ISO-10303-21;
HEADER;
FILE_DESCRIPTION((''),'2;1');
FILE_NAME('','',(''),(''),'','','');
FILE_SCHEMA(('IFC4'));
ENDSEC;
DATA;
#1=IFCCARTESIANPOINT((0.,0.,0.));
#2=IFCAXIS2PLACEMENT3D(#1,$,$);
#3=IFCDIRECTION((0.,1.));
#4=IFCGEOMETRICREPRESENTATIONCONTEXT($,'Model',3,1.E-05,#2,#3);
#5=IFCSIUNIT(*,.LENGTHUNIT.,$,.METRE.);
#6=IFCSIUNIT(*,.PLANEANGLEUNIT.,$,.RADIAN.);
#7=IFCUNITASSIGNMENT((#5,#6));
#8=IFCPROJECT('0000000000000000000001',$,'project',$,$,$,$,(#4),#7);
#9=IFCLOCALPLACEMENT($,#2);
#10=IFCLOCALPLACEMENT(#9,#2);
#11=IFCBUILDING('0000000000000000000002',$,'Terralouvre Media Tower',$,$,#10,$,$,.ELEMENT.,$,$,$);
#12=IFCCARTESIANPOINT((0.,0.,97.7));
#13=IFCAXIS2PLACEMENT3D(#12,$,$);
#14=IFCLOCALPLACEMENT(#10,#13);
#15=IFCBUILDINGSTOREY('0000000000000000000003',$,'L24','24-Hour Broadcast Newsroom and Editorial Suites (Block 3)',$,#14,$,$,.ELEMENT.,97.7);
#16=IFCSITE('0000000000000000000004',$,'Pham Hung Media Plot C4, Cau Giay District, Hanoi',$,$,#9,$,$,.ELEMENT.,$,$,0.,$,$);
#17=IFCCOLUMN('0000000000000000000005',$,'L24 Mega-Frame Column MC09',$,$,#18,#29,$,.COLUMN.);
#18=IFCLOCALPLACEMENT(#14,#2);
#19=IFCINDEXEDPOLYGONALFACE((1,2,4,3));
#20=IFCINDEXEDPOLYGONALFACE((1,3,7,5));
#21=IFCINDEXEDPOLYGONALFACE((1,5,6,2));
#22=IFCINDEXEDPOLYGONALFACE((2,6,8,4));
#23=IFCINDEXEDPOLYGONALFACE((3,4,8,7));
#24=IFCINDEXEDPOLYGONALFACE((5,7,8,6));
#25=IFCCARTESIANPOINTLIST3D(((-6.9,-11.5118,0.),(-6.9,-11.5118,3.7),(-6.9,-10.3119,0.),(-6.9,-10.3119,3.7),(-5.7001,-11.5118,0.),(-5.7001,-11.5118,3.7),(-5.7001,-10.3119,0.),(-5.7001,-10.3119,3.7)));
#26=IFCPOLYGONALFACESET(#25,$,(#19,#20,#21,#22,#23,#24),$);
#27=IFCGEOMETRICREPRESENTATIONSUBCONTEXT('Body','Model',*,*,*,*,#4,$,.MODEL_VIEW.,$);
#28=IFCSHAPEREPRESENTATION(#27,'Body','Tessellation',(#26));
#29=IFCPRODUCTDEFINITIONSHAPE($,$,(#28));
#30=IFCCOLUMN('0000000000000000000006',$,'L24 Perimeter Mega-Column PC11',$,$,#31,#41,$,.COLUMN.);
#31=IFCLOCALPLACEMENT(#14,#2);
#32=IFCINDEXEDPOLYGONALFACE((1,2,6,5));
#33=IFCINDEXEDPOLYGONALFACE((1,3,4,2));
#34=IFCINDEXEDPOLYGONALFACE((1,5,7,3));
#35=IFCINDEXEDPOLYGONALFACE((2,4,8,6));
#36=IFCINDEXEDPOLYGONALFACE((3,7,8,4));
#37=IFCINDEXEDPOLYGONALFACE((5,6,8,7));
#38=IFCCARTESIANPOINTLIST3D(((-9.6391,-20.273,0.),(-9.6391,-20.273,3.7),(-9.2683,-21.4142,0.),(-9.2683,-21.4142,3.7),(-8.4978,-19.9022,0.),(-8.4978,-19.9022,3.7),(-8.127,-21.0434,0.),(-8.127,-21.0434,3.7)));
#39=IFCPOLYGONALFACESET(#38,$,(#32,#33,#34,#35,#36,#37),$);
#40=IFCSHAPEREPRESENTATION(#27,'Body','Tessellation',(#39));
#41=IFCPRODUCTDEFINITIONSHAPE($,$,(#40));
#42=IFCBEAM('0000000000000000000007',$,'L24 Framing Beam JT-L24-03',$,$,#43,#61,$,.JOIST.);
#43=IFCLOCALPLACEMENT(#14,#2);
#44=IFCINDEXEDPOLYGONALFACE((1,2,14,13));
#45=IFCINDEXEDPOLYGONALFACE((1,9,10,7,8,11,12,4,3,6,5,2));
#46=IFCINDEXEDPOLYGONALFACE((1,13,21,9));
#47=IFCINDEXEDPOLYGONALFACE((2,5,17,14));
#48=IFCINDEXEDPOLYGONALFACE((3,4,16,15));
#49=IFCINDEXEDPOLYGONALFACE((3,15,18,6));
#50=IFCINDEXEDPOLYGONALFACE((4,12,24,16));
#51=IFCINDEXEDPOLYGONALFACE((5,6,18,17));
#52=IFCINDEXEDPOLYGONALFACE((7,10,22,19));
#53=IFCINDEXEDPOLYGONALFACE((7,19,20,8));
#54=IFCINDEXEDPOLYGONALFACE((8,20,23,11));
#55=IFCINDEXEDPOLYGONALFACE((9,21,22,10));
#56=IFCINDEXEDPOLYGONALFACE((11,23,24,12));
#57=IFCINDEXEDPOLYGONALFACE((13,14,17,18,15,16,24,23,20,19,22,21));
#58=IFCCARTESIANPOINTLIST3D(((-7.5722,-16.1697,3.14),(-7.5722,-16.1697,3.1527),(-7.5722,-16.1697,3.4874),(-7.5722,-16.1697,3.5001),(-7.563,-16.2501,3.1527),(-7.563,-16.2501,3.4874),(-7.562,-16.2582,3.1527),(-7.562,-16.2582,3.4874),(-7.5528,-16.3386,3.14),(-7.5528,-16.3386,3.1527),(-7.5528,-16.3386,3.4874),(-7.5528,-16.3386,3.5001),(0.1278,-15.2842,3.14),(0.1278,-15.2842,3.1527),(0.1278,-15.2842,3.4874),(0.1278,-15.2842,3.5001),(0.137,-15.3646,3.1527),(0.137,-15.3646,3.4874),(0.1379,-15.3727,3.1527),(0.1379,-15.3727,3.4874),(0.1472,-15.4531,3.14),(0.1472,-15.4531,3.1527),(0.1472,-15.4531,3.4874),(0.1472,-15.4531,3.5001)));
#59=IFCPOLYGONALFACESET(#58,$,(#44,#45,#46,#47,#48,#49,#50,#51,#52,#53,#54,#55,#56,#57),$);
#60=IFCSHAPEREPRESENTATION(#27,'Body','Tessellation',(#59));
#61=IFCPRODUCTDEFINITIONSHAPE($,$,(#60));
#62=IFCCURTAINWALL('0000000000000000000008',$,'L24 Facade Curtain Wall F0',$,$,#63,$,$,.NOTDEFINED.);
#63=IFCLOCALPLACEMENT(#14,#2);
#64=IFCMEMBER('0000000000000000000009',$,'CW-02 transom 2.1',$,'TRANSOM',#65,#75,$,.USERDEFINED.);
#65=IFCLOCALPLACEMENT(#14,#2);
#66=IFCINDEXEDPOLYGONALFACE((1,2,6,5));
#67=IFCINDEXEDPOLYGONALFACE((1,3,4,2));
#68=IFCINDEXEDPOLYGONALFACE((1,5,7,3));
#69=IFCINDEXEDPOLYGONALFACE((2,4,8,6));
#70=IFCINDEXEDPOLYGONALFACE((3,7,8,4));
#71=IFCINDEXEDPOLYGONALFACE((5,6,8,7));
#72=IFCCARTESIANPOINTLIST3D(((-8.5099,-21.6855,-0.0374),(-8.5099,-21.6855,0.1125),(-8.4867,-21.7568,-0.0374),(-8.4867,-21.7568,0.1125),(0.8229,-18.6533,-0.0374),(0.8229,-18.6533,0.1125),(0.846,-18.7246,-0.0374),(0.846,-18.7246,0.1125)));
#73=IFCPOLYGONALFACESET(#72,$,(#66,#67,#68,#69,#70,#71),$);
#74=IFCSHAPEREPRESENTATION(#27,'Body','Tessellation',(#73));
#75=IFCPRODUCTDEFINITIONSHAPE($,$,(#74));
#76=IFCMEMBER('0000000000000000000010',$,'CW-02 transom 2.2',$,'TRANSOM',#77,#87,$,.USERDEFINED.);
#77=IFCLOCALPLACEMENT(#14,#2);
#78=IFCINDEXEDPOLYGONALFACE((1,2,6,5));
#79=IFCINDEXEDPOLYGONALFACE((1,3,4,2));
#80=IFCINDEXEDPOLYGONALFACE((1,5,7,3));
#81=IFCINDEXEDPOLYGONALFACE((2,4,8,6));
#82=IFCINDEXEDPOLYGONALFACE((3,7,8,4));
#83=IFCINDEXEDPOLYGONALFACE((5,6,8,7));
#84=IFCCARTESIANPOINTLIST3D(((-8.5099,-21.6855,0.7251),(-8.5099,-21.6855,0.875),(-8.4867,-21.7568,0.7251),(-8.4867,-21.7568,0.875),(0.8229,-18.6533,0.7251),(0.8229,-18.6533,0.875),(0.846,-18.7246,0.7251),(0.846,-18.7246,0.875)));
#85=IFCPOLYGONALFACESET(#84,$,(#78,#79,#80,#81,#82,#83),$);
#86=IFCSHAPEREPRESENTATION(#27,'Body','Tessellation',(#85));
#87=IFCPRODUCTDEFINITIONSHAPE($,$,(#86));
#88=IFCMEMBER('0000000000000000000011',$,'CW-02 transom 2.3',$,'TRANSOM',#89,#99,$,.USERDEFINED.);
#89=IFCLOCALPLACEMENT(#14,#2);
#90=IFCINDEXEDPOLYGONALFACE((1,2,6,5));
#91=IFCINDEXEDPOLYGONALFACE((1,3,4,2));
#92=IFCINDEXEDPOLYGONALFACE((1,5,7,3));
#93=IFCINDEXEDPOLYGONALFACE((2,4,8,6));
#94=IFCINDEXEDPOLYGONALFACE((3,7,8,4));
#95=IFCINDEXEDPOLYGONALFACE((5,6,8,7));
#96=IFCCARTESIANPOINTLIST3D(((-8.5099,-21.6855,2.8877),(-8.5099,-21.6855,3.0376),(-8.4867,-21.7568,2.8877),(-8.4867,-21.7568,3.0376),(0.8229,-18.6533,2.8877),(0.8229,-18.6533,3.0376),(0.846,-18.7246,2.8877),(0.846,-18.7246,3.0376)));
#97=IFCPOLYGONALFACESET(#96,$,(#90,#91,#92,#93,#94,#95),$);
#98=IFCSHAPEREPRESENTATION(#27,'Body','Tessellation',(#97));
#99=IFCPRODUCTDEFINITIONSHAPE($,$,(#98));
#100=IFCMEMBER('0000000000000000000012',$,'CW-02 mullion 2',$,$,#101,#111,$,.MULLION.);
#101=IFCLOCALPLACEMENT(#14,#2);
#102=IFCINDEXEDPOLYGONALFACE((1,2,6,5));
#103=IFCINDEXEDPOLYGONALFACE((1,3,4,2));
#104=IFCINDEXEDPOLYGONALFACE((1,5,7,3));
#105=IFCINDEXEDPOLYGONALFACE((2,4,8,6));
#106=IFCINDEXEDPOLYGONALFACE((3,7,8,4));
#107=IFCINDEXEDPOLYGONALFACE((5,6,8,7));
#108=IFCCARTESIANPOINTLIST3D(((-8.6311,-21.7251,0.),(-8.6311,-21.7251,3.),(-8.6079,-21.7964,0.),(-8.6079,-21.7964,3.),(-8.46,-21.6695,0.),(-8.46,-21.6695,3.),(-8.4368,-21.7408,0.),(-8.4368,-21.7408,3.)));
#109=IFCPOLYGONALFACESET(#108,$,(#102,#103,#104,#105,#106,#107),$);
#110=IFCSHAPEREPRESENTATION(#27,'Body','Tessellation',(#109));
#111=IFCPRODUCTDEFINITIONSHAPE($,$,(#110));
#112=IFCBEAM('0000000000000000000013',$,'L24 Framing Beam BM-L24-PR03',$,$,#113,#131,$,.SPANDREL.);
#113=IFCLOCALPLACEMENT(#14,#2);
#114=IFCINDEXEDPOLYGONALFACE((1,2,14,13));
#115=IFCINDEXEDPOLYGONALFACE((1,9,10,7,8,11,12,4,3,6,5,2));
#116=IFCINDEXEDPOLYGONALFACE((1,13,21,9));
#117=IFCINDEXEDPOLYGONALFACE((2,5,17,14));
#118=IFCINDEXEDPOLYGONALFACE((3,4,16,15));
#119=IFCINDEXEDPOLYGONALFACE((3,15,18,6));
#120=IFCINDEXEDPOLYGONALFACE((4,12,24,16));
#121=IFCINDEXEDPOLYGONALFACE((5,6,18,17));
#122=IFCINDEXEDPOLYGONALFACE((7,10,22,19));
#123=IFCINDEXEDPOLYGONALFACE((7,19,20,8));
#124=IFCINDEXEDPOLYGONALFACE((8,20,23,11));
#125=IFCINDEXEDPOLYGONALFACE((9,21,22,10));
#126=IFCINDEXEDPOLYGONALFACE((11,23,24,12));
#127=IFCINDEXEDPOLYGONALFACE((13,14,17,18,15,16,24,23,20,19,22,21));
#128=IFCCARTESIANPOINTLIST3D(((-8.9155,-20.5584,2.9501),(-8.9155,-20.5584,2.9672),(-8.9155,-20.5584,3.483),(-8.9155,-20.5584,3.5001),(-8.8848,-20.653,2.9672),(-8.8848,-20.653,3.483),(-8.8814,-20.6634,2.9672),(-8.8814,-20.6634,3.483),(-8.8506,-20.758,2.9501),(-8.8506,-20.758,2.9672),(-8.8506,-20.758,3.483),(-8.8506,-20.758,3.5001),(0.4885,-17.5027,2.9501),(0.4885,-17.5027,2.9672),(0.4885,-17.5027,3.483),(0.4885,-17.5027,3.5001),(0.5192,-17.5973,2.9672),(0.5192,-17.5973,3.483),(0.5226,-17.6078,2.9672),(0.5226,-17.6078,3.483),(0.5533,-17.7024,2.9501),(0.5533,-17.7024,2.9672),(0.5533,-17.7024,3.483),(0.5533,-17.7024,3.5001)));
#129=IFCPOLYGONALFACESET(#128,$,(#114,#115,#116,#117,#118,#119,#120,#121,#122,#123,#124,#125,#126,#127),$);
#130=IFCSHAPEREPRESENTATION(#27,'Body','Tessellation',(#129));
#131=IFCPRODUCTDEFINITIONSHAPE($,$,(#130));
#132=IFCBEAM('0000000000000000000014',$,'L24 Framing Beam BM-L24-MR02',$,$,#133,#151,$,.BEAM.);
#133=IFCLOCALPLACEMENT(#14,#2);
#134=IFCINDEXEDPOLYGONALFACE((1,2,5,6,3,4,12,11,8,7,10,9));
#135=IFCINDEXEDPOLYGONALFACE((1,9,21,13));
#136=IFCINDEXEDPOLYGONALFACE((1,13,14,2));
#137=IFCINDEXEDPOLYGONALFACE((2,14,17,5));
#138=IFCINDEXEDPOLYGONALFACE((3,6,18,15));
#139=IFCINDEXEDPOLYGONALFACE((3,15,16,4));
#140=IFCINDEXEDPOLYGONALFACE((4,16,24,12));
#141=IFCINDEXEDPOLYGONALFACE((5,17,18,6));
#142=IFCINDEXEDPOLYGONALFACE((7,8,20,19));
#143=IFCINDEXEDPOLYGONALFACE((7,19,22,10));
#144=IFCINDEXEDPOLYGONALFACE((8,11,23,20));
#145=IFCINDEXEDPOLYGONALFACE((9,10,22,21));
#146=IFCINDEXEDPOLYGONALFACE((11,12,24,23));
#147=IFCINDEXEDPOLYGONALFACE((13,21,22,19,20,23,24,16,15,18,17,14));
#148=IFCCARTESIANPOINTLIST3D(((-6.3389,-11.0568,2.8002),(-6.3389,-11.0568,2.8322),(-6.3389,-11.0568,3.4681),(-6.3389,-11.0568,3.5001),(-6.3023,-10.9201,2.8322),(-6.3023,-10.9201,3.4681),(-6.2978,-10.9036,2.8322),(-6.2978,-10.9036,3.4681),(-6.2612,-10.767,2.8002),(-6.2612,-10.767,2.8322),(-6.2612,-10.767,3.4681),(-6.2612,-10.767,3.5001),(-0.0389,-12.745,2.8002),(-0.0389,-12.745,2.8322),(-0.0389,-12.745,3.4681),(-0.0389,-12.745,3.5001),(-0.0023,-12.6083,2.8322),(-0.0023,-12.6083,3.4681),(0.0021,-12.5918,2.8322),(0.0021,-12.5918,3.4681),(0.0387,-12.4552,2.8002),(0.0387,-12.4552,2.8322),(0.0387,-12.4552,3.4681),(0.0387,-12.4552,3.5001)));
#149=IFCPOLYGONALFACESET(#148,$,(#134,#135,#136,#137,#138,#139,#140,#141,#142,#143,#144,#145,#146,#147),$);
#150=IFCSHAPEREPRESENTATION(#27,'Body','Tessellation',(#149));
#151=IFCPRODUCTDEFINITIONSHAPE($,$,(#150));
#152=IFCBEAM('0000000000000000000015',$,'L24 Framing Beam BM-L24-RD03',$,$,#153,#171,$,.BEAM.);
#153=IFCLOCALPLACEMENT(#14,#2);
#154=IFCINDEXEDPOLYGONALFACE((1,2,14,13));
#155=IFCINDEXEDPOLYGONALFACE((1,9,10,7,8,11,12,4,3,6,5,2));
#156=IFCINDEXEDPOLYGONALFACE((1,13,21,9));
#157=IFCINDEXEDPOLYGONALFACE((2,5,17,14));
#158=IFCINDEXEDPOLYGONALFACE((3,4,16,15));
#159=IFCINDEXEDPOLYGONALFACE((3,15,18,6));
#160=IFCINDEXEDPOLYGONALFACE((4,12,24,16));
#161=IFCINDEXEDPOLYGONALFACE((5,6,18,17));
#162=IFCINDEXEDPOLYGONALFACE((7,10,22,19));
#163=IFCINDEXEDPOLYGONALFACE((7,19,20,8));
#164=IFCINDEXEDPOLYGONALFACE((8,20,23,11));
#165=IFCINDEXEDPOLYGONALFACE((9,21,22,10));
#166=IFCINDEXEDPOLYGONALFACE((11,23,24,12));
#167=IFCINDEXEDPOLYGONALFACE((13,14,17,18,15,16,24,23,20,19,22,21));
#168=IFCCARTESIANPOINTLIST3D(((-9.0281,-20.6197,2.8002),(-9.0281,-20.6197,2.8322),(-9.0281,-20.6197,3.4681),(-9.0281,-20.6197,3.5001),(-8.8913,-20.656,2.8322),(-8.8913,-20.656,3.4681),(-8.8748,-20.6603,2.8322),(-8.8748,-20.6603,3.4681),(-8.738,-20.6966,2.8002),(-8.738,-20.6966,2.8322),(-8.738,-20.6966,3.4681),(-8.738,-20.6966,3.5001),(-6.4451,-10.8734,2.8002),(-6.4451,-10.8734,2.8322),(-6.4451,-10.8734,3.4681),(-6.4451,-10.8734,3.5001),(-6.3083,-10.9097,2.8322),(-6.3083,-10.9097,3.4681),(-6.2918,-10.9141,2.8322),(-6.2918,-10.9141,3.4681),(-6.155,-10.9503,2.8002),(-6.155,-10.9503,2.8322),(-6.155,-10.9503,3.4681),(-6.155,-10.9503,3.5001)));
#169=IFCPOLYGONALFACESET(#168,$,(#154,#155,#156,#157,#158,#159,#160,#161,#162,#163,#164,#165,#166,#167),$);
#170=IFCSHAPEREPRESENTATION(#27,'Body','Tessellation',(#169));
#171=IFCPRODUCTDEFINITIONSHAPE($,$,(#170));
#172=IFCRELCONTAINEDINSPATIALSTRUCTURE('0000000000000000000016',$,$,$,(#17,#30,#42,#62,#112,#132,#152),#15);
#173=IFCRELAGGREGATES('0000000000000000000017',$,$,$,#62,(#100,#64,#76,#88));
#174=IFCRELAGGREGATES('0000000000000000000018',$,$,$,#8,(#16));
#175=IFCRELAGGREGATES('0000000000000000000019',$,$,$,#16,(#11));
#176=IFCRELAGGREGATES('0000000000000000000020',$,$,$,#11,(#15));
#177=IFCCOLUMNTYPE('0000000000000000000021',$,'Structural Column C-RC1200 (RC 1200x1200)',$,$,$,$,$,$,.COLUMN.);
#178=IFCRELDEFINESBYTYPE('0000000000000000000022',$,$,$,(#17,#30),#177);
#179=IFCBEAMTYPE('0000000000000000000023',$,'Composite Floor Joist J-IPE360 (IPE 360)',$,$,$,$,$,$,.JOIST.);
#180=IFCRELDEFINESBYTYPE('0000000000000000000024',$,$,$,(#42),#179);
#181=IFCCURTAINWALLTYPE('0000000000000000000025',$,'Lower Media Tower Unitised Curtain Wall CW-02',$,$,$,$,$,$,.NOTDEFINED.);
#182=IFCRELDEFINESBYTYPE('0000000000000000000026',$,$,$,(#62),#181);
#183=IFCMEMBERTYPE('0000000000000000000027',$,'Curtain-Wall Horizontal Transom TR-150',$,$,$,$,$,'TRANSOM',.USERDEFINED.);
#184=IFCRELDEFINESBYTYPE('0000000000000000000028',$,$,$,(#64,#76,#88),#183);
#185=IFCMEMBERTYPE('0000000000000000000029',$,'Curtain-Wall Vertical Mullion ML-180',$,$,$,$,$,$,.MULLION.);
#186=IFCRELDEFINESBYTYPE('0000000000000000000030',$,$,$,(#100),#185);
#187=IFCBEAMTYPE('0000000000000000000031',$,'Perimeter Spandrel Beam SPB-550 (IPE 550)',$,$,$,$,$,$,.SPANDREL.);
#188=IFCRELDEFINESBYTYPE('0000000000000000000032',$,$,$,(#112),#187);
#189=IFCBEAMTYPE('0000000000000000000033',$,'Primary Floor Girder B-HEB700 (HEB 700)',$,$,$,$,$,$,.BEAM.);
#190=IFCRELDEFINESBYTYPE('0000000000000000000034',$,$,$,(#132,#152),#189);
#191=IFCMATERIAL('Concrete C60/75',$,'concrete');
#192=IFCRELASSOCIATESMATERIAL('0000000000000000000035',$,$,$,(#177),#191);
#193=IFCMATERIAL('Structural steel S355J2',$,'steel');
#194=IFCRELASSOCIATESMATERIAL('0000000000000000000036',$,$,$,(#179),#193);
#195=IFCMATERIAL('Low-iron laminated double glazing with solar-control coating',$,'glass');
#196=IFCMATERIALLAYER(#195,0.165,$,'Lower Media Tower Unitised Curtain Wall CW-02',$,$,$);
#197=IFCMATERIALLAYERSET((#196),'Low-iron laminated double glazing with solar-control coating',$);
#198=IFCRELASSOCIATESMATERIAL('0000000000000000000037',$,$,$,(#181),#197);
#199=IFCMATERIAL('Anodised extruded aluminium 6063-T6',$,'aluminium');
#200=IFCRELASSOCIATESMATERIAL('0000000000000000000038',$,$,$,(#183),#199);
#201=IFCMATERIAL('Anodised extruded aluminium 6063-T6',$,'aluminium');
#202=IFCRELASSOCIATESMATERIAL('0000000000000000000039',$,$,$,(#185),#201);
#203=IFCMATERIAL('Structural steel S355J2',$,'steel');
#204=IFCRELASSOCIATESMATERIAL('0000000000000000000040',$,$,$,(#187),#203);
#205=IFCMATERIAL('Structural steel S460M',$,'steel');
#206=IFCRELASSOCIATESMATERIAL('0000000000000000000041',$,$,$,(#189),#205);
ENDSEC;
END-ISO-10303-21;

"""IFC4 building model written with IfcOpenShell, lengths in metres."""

from ifc_helpers import new_model, si_unit, direction, frame, origin, origin_2d, place, context, subcontext, project, spatial, rectangle, i_section, extrude, material, layer, layer_set, material_profile, profile_set, type_object, element, aggregate, save


model = new_model("IFC4")

# Units and contexts
model_context = context("Model", 3, precision=1e-05, world=origin(), true_north=direction((0.0, 1.0)))
body_context = subcontext(model_context, "Body", "Model", "MODEL_VIEW")
ifc_project = project(units=[si_unit("LENGTHUNIT", "METRE"), si_unit("PLANEANGLEUNIT", "RADIAN")], contexts=[model_context])

# Site, building, storey
site_placement = place(None, origin())
site = spatial("IfcSite", under=ifc_project, at=site_placement, Name="Pham Hung Media Plot C4, Cau Giay District, Hanoi", CompositionType="ELEMENT", RefElevation=0.0)
building_placement = place(site_placement, origin())
building = spatial("IfcBuilding", under=site, at=building_placement, Name="Terralouvre Media Tower", CompositionType="ELEMENT")
storey_placement = place(building_placement, frame((0.0, 0.0, 97.7)))
storey = spatial("IfcBuildingStorey", under=building, at=storey_placement, Name="L24", Description="24-Hour Broadcast Newsroom and Editorial Suites (Block 3)", CompositionType="ELEMENT", Elevation=97.7)

# Columns
ifc_material_1 = material(Name="Concrete C60/75", Category="concrete")
ifc_material_profile_1 = material_profile(ifc_material_1, rectangle(XDim=1.2, YDim=1.2, at=origin_2d()), Name="RC 1200x1200")
ifc_profile_set_1 = profile_set([ifc_material_profile_1], Name="Concrete C60/75")
column_type = type_object("IfcColumnType", Name="Structural Column C-RC1200 (RC 1200x1200)", PredefinedType="COLUMN", material=ifc_profile_set_1)
for number, where, z_axis, x_axis, name in (
    (1, (-6.3, -10.9119, 0.0), (0.0, 0.0, 1.0), (1.0, 0.0, 0.0), "L24 Mega-Frame Column MC09"),
    (2, (-8.8831, -20.6582, 0.0), (0.0, 0.0, 1.0), (0.951057, 0.309017, 0.0), "L24 Perimeter Mega-Column PC11"),
):
    element("IfcColumn", number, at=place(storey_placement, frame(where, z_axis=z_axis, x_axis=x_axis)), inside=storey, type_object=column_type, Name=name, PredefinedType="COLUMN", context=body_context, shape_type="SweptSolid", body=[
        extrude(rectangle(XDim=1.2, YDim=1.2, at=origin_2d()), origin(), (0.0, 0.0, 1.0), 3.7),
    ])

# Beam
ifc_material_2 = material(Name="Structural steel S355J2", Category="steel")
ifc_material_profile_2 = material_profile(ifc_material_2, i_section(OverallWidth=0.1699, OverallDepth=0.3601, WebThickness=0.0081, FlangeThickness=0.0127, at=origin_2d()), Name="IPE 360")
ifc_profile_set_2 = profile_set([ifc_material_profile_2], Name="Structural steel S355J2")
beam_type_1 = type_object("IfcBeamType", Name="Composite Floor Joist J-IPE360 (IPE 360)", PredefinedType="JOIST", material=ifc_profile_set_2)
beam_1_placement = place(storey_placement, frame((-7.5625, -16.2542, 3.3201), z_axis=(0.993452, 0.114247, 0.0), x_axis=(-0.114247, 0.993452, 0.0)))
element("IfcBeam", 3, at=beam_1_placement, inside=storey, type_object=beam_type_1, Name="L24 Framing Beam JT-L24-03", PredefinedType="JOIST", context=body_context, shape_type="SweptSolid", body=[
    extrude(i_section(OverallWidth=0.1699, OverallDepth=0.3601, WebThickness=0.0081, FlangeThickness=0.0127, at=origin_2d()), origin(), (0.0, 0.0, 1.0), 7.7507),
])

# Curtain wall, members
ifc_material_3 = material(Name="Low-iron laminated double glazing with solar-control coating", Category="glass")
ifc_layer_1 = layer(ifc_material_3, 0.165, Name="Lower Media Tower Unitised Curtain Wall CW-02")
ifc_layer_set_1 = layer_set([ifc_layer_1], Name="Low-iron laminated double glazing with solar-control coating")
curtain_wall_type = type_object("IfcCurtainWallType", Name="Lower Media Tower Unitised Curtain Wall CW-02", PredefinedType="NOTDEFINED", material=ifc_layer_set_1)
curtain_wall_placement = place(storey_placement, origin())
curtain_wall = element("IfcCurtainWall", 4, at=curtain_wall_placement, inside=storey, type_object=curtain_wall_type, Name="L24 Facade Curtain Wall F0", PredefinedType="NOTDEFINED")
ifc_material_4 = material(Name="Anodised extruded aluminium 6063-T6", Category="aluminium")
ifc_material_profile_3 = material_profile(ifc_material_4, rectangle(XDim=0.075, YDim=0.1499, at=origin_2d()), Name="ALU 75x150")
ifc_profile_set_3 = profile_set([ifc_material_profile_3], Name="Anodised extruded aluminium 6063-T6")
member_type_1 = type_object("IfcMemberType", Name="Curtain-Wall Horizontal Transom TR-150", ElementType="TRANSOM", PredefinedType="USERDEFINED", material=ifc_profile_set_3)
member_1_placement = place(storey_placement, frame((-8.4983, -21.7212, 0.0376), z_axis=(0.951062, 0.309001, 0.0), x_axis=(-0.309001, 0.951062, 0.0)))
member_1 = element("IfcMember", 5, at=member_1_placement, type_object=member_type_1, Name="CW-02 transom 2.1", ObjectType="TRANSOM", PredefinedType="USERDEFINED", context=body_context, shape_type="SweptSolid", body=[
    extrude(rectangle(XDim=0.075, YDim=0.1499, at=origin_2d()), origin(), (0.0, 0.0, 1.0), 9.813),
])
member_2_placement = place(storey_placement, frame((-8.4983, -21.7212, 0.8), z_axis=(0.951062, 0.309001, 0.0), x_axis=(-0.309001, 0.951062, 0.0)))
member_2 = element("IfcMember", 6, at=member_2_placement, type_object=member_type_1, Name="CW-02 transom 2.2", ObjectType="TRANSOM", PredefinedType="USERDEFINED", context=body_context, shape_type="SweptSolid", body=[
    extrude(rectangle(XDim=0.075, YDim=0.1499, at=origin_2d()), origin(), (0.0, 0.0, 1.0), 9.813),
])
member_3_placement = place(storey_placement, frame((-8.4983, -21.7212, 2.9626), z_axis=(0.951062, 0.309001, 0.0), x_axis=(-0.309001, 0.951062, 0.0)))
member_3 = element("IfcMember", 7, at=member_3_placement, type_object=member_type_1, Name="CW-02 transom 2.3", ObjectType="TRANSOM", PredefinedType="USERDEFINED", context=body_context, shape_type="SweptSolid", body=[
    extrude(rectangle(XDim=0.075, YDim=0.1499, at=origin_2d()), origin(), (0.0, 0.0, 1.0), 9.813),
])
ifc_material_5 = material(Name="Anodised extruded aluminium 6063-T6", Category="aluminium")
ifc_material_profile_4 = material_profile(ifc_material_5, rectangle(XDim=0.075, YDim=0.1799, at=origin_2d()), Name="ALU 75x180")
ifc_profile_set_4 = profile_set([ifc_material_profile_4], Name="Anodised extruded aluminium 6063-T6")
member_type_2 = type_object("IfcMemberType", Name="Curtain-Wall Vertical Mullion ML-180", PredefinedType="MULLION", material=ifc_profile_set_4)
member_4_placement = place(storey_placement, frame((-8.5339, -21.7329, 0.0), z_axis=(0.0, 0.0, 1.0), x_axis=(-0.309017, 0.951057, 0.0)))
member_4 = element("IfcMember", 8, at=member_4_placement, type_object=member_type_2, Name="CW-02 mullion 2", PredefinedType="MULLION", context=body_context, shape_type="SweptSolid", body=[
    extrude(rectangle(XDim=0.075, YDim=0.1799, at=origin_2d()), origin(), (0.0, 0.0, 1.0), 3.0),
])

# Beams
ifc_material_6 = material(Name="Structural steel S355J2", Category="steel")
ifc_material_profile_5 = material_profile(ifc_material_6, i_section(OverallWidth=0.21, OverallDepth=0.55, WebThickness=0.011, FlangeThickness=0.0171, at=origin_2d()), Name="IPE 550")
ifc_profile_set_5 = profile_set([ifc_material_profile_5], Name="Structural steel S355J2")
beam_type_2 = type_object("IfcBeamType", Name="Perimeter Spandrel Beam SPB-550 (IPE 550)", PredefinedType="SPANDREL", material=ifc_profile_set_5)
beam_2_placement = place(storey_placement, frame((-8.8831, -20.6582, 3.2251), z_axis=(0.951053, 0.309026, 0.0), x_axis=(-0.309026, 0.951053, 0.0)))
element("IfcBeam", 9, at=beam_2_placement, inside=storey, type_object=beam_type_2, Name="L24 Framing Beam BM-L24-PR03", PredefinedType="SPANDREL", context=body_context, shape_type="SweptSolid", body=[
    extrude(i_section(OverallWidth=0.21, OverallDepth=0.55, WebThickness=0.011, FlangeThickness=0.0171, at=origin_2d()), origin(), (0.0, 0.0, 1.0), 9.8879),
])
ifc_material_7 = material(Name="Structural steel S460M", Category="steel")
ifc_material_profile_6 = material_profile(ifc_material_7, i_section(OverallWidth=0.3, OverallDepth=0.7, WebThickness=0.0171, FlangeThickness=0.032, at=origin_2d()), Name="HEB 700")
ifc_profile_set_6 = profile_set([ifc_material_profile_6], Name="Structural steel S460M")
beam_type_3 = type_object("IfcBeamType", Name="Primary Floor Girder B-HEB700 (HEB 700)", PredefinedType="BEAM", material=ifc_profile_set_6)
beam_3_placement = place(storey_placement, frame((-6.3, -10.9119, 3.1501), z_axis=(0.96592, -0.258839, 0.0), x_axis=(0.258839, 0.96592, 0.0)))
element("IfcBeam", 10, at=beam_3_placement, inside=storey, type_object=beam_type_3, Name="L24 Framing Beam BM-L24-MR02", PredefinedType="BEAM", context=body_context, shape_type="SweptSolid", body=[
    extrude(i_section(OverallWidth=0.3, OverallDepth=0.7, WebThickness=0.0171, FlangeThickness=0.032, at=origin_2d()), origin(), (0.0, 0.0, 1.0), 6.5222),
])
beam_4_placement = place(storey_placement, frame((-6.3, -10.9119, 3.1501), z_axis=(-0.256179, -0.966629, 0.0), x_axis=(0.966629, -0.256179, 0.0)))
element("IfcBeam", 11, at=beam_4_placement, inside=storey, type_object=beam_type_3, Name="L24 Framing Beam BM-L24-RD03", PredefinedType="BEAM", context=body_context, shape_type="SweptSolid", body=[
    extrude(i_section(OverallWidth=0.3, OverallDepth=0.7, WebThickness=0.0171, FlangeThickness=0.032, at=origin_2d()), origin(), (0.0, 0.0, 1.0), 10.0828),
])

aggregate(curtain_wall, [member_4, member_1, member_2, member_3])

save(model, "model.ifc")
